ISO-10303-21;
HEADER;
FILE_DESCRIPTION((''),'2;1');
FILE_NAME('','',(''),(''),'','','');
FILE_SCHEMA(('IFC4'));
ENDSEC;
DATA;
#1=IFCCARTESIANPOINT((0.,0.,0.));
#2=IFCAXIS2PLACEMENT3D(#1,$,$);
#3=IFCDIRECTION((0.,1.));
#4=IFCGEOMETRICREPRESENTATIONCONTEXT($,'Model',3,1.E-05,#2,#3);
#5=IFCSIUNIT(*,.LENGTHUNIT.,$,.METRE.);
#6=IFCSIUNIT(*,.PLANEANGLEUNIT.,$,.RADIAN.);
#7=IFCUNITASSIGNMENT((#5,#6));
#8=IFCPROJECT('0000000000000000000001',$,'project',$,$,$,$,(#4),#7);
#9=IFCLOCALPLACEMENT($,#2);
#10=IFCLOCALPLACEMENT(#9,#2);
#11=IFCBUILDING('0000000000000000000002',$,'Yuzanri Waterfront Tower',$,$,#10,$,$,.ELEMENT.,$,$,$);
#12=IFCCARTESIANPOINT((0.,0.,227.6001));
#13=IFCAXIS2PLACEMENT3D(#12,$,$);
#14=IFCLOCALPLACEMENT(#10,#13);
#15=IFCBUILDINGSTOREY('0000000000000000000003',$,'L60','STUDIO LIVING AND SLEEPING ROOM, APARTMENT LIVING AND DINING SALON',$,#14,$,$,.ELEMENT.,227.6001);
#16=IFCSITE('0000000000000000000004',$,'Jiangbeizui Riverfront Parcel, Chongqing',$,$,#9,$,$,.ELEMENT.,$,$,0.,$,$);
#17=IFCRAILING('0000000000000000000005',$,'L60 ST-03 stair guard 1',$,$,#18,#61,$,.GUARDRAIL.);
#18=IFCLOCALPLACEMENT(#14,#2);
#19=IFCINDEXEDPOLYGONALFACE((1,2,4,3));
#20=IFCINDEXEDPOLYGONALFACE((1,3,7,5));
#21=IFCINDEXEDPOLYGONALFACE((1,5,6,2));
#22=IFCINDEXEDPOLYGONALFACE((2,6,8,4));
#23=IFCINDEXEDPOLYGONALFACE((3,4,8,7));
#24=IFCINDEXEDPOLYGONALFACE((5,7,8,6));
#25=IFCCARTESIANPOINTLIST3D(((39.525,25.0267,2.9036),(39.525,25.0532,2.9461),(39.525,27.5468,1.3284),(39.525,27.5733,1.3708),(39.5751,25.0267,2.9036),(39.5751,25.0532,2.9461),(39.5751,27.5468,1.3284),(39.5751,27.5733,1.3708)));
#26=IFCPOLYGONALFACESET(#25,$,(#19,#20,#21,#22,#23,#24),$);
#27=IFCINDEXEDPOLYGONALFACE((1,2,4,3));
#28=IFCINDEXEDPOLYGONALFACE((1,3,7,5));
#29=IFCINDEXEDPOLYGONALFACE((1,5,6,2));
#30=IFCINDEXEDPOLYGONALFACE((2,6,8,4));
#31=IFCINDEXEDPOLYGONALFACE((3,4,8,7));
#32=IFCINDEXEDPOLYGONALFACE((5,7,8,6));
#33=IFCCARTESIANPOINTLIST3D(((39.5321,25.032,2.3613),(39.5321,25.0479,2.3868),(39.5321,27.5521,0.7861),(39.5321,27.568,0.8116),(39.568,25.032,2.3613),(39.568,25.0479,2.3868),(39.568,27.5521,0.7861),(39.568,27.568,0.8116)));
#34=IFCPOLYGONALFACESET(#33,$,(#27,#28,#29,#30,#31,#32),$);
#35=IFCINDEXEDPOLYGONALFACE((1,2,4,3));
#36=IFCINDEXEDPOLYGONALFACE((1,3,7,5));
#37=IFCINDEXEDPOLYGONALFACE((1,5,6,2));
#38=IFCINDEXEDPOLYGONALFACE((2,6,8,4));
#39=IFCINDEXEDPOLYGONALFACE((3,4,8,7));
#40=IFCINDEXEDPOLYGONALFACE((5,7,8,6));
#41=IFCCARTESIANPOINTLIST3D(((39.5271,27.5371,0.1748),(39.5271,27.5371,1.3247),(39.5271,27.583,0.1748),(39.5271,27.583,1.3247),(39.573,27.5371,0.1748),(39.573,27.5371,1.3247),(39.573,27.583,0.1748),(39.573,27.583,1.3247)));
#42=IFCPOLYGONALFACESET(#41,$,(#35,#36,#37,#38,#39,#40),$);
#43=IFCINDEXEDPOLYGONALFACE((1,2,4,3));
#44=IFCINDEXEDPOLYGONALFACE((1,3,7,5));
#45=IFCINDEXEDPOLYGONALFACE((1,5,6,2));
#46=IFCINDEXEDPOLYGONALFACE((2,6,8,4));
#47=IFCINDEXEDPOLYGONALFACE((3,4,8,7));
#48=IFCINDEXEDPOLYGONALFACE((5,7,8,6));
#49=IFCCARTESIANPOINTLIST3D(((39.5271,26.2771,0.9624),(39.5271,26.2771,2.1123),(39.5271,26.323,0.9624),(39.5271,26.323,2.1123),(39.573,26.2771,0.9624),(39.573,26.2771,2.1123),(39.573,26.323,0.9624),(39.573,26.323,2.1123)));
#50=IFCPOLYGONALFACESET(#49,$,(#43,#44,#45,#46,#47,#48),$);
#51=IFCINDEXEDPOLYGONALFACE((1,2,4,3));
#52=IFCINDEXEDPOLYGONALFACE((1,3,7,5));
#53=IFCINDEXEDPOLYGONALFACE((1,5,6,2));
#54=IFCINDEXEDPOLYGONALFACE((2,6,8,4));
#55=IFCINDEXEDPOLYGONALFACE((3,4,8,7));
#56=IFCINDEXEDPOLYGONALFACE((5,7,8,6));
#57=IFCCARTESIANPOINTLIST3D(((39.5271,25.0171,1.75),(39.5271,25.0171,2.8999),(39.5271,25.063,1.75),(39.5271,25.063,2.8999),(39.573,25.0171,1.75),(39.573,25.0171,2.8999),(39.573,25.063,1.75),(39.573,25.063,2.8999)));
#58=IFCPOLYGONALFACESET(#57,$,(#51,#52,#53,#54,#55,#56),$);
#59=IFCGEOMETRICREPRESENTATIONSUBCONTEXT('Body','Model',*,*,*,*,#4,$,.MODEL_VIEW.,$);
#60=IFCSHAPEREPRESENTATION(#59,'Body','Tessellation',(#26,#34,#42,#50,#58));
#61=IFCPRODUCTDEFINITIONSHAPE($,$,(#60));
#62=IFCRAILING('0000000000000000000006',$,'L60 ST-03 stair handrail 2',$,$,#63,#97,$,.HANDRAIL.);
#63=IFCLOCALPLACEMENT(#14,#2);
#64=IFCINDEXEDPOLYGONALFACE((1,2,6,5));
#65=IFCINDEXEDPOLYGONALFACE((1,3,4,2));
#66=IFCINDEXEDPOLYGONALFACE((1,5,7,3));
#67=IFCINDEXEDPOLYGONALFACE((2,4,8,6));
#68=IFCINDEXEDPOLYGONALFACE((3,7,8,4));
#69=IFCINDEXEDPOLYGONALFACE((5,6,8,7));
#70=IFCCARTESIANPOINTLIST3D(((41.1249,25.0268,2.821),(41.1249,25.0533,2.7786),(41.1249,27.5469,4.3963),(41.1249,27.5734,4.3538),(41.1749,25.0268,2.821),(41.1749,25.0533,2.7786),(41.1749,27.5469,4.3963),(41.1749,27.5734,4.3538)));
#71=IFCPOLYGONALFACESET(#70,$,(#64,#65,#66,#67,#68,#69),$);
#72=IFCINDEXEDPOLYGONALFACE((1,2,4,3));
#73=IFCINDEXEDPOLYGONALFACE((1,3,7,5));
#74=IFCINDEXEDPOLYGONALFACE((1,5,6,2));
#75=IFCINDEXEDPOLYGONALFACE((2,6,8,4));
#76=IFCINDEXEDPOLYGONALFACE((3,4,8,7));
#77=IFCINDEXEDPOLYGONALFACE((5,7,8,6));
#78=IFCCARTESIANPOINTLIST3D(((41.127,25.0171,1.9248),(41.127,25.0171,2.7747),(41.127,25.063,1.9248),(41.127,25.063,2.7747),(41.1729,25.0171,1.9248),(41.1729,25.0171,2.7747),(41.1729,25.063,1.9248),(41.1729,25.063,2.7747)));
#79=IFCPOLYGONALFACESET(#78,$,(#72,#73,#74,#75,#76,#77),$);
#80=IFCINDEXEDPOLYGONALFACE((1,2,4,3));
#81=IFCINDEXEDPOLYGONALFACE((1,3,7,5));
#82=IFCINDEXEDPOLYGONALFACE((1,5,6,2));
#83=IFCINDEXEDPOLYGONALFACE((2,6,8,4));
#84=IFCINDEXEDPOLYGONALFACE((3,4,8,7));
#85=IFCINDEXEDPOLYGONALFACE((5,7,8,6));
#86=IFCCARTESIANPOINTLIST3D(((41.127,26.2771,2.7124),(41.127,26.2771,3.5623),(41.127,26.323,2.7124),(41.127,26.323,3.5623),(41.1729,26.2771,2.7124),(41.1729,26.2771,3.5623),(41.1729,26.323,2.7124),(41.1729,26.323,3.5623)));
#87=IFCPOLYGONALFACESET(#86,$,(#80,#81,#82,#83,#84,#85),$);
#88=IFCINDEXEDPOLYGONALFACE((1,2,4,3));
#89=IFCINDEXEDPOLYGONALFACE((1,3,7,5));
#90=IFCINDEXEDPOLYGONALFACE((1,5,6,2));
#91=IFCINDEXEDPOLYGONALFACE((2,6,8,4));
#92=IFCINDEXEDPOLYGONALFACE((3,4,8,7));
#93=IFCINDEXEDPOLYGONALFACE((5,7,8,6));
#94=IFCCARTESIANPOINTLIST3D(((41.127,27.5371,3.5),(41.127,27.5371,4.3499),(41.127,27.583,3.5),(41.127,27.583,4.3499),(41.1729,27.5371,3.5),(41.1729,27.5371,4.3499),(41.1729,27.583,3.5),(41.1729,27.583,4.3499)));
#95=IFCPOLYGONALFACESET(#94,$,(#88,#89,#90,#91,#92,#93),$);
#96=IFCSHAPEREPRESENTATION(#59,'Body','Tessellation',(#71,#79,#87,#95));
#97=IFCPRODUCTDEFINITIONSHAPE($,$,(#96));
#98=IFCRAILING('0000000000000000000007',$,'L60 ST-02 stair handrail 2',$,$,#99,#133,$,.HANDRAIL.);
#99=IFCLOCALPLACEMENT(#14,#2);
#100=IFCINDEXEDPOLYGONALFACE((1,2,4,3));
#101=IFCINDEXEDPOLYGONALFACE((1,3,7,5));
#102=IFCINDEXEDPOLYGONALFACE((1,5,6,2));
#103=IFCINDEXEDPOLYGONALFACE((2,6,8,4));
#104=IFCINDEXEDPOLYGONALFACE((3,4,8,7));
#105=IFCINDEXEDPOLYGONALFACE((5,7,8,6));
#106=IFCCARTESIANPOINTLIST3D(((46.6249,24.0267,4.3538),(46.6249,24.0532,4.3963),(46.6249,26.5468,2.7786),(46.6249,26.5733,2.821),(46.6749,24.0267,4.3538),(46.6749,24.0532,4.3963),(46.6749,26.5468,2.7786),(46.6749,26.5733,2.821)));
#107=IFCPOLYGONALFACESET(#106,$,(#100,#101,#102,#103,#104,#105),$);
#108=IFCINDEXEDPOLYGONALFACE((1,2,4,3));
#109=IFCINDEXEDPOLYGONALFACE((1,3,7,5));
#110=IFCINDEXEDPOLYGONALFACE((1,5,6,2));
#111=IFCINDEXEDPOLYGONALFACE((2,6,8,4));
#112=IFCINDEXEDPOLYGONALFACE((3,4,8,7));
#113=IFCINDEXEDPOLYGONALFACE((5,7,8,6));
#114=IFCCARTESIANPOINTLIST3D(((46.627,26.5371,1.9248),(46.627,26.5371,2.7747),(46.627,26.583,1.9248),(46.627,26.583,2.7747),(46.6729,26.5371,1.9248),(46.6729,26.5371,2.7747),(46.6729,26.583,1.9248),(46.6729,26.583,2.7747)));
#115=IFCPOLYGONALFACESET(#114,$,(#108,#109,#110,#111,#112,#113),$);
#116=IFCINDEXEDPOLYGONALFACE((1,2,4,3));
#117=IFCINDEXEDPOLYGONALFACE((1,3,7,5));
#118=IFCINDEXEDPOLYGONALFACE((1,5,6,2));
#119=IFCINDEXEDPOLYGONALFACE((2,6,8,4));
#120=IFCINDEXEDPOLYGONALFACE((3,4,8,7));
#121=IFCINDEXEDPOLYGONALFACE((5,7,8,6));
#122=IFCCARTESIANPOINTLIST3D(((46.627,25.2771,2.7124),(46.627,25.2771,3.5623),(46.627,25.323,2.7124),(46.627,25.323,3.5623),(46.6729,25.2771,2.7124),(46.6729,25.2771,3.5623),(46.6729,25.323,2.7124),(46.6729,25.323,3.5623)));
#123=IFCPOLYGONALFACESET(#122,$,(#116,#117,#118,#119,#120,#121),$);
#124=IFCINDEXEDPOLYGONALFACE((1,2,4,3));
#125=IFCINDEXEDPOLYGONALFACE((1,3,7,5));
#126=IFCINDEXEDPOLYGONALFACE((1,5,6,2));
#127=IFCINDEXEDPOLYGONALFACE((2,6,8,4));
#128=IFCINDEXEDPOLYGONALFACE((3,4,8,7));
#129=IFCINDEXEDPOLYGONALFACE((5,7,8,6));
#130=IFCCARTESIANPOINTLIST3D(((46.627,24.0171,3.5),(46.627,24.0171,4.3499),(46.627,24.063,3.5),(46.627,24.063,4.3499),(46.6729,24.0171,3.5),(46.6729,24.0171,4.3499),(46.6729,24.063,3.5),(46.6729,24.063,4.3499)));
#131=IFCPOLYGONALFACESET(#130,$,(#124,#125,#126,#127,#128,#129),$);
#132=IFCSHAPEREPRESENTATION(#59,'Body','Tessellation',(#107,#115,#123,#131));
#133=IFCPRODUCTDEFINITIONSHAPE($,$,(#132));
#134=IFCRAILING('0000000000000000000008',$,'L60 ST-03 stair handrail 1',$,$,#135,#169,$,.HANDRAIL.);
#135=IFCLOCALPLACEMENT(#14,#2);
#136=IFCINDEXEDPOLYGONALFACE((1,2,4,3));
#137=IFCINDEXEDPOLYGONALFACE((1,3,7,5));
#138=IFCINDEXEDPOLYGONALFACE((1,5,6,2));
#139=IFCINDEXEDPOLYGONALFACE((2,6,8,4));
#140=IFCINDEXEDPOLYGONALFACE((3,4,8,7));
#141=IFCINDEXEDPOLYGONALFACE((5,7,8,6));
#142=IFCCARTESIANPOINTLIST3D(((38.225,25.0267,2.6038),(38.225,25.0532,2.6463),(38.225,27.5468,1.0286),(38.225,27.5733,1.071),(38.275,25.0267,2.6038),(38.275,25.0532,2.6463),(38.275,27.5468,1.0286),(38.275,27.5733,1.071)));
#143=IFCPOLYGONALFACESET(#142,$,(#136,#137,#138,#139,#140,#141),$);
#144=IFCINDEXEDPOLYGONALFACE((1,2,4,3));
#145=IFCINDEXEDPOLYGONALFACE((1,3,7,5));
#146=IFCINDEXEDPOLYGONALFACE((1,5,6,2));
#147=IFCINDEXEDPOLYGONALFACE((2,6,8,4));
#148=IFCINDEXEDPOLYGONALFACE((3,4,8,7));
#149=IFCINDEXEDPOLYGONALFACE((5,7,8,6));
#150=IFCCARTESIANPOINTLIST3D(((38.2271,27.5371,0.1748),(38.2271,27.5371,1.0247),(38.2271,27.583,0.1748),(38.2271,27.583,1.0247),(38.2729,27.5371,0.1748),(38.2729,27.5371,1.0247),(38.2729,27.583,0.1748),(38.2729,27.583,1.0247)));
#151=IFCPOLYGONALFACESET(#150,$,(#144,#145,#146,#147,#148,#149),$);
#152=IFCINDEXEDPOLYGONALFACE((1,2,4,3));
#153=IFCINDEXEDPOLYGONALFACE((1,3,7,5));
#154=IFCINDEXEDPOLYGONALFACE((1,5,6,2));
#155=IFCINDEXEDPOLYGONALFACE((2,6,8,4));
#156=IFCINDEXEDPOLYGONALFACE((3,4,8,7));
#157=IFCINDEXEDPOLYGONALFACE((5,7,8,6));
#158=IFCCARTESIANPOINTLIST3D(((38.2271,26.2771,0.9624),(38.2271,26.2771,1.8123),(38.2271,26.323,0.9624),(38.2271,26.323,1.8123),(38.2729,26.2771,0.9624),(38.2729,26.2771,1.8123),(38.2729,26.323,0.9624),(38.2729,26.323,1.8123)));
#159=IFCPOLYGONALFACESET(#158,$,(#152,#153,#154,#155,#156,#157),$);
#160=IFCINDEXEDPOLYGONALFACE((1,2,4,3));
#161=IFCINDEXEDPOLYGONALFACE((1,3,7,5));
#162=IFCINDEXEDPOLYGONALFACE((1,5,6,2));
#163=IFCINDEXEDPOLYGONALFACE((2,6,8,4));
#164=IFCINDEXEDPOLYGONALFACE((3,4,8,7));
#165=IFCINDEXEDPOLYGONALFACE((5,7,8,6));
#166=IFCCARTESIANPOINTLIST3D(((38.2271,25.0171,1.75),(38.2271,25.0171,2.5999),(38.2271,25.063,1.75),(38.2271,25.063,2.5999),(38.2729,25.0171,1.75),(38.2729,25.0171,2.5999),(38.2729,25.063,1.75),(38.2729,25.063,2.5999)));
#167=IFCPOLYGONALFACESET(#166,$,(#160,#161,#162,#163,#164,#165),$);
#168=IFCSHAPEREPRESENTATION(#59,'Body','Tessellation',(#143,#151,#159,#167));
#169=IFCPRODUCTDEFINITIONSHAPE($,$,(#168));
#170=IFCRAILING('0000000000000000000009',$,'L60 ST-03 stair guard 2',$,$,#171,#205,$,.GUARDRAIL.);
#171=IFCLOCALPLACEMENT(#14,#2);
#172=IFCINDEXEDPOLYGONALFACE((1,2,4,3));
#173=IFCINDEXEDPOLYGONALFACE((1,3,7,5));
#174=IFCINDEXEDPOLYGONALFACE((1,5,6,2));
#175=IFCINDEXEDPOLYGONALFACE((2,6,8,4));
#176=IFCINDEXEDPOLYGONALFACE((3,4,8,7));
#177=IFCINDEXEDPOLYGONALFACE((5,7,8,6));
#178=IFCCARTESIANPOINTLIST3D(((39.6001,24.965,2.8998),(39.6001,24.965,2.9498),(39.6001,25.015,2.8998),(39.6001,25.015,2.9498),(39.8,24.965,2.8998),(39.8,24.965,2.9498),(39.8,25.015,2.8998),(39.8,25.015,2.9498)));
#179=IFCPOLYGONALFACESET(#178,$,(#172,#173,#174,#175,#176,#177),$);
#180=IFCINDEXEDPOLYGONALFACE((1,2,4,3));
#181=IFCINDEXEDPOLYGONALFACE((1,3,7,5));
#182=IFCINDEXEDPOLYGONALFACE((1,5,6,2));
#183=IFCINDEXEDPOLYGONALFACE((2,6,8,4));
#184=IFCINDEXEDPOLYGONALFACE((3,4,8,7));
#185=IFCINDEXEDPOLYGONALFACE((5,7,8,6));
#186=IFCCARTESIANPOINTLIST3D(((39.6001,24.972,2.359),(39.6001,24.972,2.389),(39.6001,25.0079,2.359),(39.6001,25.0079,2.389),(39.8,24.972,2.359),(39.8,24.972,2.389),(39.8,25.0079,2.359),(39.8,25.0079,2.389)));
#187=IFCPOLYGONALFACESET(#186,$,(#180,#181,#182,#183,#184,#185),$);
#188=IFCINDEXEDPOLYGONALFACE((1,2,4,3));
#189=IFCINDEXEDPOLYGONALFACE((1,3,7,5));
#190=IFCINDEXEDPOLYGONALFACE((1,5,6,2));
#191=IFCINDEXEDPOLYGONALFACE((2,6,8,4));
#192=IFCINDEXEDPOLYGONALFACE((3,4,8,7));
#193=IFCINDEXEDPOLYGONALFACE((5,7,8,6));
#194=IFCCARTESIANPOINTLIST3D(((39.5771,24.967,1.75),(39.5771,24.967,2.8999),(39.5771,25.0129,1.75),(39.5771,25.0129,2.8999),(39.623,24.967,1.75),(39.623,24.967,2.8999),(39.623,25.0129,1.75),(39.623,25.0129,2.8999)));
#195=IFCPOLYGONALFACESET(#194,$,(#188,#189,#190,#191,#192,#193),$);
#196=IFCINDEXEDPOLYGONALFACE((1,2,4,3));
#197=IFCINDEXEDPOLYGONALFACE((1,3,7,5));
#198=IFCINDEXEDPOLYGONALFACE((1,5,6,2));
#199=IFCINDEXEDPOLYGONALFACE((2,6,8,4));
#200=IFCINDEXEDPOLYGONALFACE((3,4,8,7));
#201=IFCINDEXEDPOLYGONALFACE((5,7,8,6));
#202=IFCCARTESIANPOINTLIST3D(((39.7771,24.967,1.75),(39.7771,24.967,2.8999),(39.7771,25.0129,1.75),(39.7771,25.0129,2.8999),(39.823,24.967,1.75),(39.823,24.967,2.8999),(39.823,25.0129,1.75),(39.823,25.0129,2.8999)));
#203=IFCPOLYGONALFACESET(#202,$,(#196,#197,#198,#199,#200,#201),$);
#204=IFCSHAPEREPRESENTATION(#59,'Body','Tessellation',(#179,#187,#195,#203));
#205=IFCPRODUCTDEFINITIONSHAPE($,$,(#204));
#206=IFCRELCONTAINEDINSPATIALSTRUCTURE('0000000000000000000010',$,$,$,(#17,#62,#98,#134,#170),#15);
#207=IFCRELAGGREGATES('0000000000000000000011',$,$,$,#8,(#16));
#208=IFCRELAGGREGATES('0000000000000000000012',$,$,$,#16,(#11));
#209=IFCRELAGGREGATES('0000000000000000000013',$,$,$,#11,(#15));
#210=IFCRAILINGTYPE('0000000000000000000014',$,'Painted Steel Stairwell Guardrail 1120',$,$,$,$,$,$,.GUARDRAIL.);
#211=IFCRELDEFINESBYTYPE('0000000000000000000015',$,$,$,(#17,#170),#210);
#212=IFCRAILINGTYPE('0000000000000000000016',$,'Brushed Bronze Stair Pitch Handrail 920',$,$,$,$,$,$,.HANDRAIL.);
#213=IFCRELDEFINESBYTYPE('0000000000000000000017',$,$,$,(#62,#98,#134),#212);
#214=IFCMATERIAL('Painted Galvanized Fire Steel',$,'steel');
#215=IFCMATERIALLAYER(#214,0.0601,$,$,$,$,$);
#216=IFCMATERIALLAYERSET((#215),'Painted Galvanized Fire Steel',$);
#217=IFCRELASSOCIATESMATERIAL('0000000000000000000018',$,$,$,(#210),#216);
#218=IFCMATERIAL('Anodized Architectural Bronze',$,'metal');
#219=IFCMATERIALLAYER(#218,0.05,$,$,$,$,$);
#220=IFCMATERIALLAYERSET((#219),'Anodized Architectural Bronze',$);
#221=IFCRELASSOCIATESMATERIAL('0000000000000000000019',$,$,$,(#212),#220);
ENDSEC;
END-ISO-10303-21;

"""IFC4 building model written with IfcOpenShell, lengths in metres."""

from ifc_helpers import new_model, si_unit, direction, frame, origin, origin_2d, place, context, subcontext, project, spatial, rectangle, extrude, source, transform, mapped, material, layer, layer_set, type_object, element, save


model = new_model("IFC4")

# Units and contexts
model_context = context("Model", 3, precision=1e-05, world=origin(), true_north=direction((0.0, 1.0)))
body_context = subcontext(model_context, "Body", "Model", "MODEL_VIEW")
ifc_project = project(units=[si_unit("LENGTHUNIT", "METRE"), si_unit("PLANEANGLEUNIT", "RADIAN")], contexts=[model_context])

# Site, building, storey
site_placement = place(None, origin())
site = spatial("IfcSite", under=ifc_project, at=site_placement, Name="Jiangbeizui Riverfront Parcel, Chongqing", CompositionType="ELEMENT", RefElevation=0.0)
building_placement = place(site_placement, origin())
building = spatial("IfcBuilding", under=site, at=building_placement, Name="Yuzanri Waterfront Tower", CompositionType="ELEMENT")
storey_placement = place(building_placement, frame((0.0, 0.0, 227.6001)))
storey = spatial("IfcBuildingStorey", under=building, at=storey_placement, Name="L60", Description="STUDIO LIVING AND SLEEPING ROOM, APARTMENT LIVING AND DINING SALON", CompositionType="ELEMENT", Elevation=227.6001)

# Railings
ifc_material_1 = material(Name="Painted Galvanized Fire Steel", Category="steel")
ifc_layer_1 = layer(ifc_material_1, 0.0601)
ifc_layer_set_1 = layer_set([ifc_layer_1], Name="Painted Galvanized Fire Steel")
railing_type_1 = type_object("IfcRailingType", Name="Painted Steel Stairwell Guardrail 1120", PredefinedType="GUARDRAIL", material=ifc_layer_set_1)
shared_shape_1 = source(origin(), body_context, "Body", "SweptSolid", [
    extrude(rectangle(XDim=0.05, YDim=0.05, at=origin_2d()), frame((0.0, 0.0, 1.1748), z_axis=(0.0, -0.847971, 0.530043), x_axis=(1.0, 0.0, 0.0)), (0.0, 0.0, 1.0), 2.9719),
    extrude(rectangle(XDim=0.0359, YDim=0.03, at=origin_2d()), frame((0.0, 0.0, 0.624), z_axis=(0.0, -0.847971, 0.530043), x_axis=(1.0, 0.0, 0.0)), (0.0, 0.0, 1.0), 2.9719),
    extrude(rectangle(XDim=0.0459, YDim=0.0459, at=origin_2d()), origin(), (0.0, 0.0, 1.0), 1.1499),
    extrude(rectangle(XDim=0.0459, YDim=0.0459, at=origin_2d()), frame((0.0, -1.26, 0.7876)), (0.0, 0.0, 1.0), 1.1499),
    extrude(rectangle(XDim=0.0459, YDim=0.0459, at=origin_2d()), frame((0.0, -2.52, 1.5752)), (0.0, 0.0, 1.0), 1.1499),
])
for number, where, name in (
    (1, (39.55, 27.5601, 0.1748), "L60 ST-03 stair guard 1"),
):
    element("IfcRailing", number, at=place(storey_placement, frame(where)), inside=storey, type_object=railing_type_1, Name=name, PredefinedType="GUARDRAIL", context=body_context, shape_type="MappedRepresentation", body=[
        mapped(shared_shape_1, transform((0.0, 0.0, 0.0), scale=1.0)),
    ])
ifc_material_2 = material(Name="Anodized Architectural Bronze", Category="metal")
ifc_layer_2 = layer(ifc_material_2, 0.05)
ifc_layer_set_2 = layer_set([ifc_layer_2], Name="Anodized Architectural Bronze")
railing_type_2 = type_object("IfcRailingType", Name="Brushed Bronze Stair Pitch Handrail 920", PredefinedType="HANDRAIL", material=ifc_layer_set_2)
shared_shape_2 = source(origin(), body_context, "Body", "SweptSolid", [
    extrude(rectangle(XDim=0.05, YDim=0.05, at=origin_2d()), frame((0.0, 0.0, 0.875), z_axis=(0.0, 0.847971, 0.530043), x_axis=(-1.0, 0.0, 0.0)), (0.0, 0.0, 1.0), 2.9719),
    extrude(rectangle(XDim=0.0459, YDim=0.0459, at=origin_2d()), origin(), (0.0, 0.0, 1.0), 0.8499),
    extrude(rectangle(XDim=0.0459, YDim=0.0459, at=origin_2d()), frame((0.0, 1.26, 0.7876)), (0.0, 0.0, 1.0), 0.8499),
    extrude(rectangle(XDim=0.0459, YDim=0.0459, at=origin_2d()), frame((0.0, 2.52, 1.5752)), (0.0, 0.0, 1.0), 0.8499),
])
railing_1_placement = place(storey_placement, frame((41.1499, 25.04, 1.9248)))
element("IfcRailing", 2, at=railing_1_placement, inside=storey, type_object=railing_type_2, Name="L60 ST-03 stair handrail 2", PredefinedType="HANDRAIL", context=body_context, shape_type="MappedRepresentation", body=[
    mapped(shared_shape_2, transform((0.0, 0.0, 0.0), scale=1.0)),
])
shared_shape_3 = source(origin(), body_context, "Body", "SweptSolid", [
    extrude(rectangle(XDim=0.05, YDim=0.05, at=origin_2d()), frame((0.0, 0.0, 0.875), z_axis=(0.0, -0.847971, 0.530043), x_axis=(1.0, 0.0, 0.0)), (0.0, 0.0, 1.0), 2.9719),
    extrude(rectangle(XDim=0.0459, YDim=0.0459, at=origin_2d()), origin(), (0.0, 0.0, 1.0), 0.8499),
    extrude(rectangle(XDim=0.0459, YDim=0.0459, at=origin_2d()), frame((0.0, -1.26, 0.7876)), (0.0, 0.0, 1.0), 0.8499),
    extrude(rectangle(XDim=0.0459, YDim=0.0459, at=origin_2d()), frame((0.0, -2.52, 1.5752)), (0.0, 0.0, 1.0), 0.8499),
])
for number, where, name in (
    (3, (46.6499, 26.5601, 1.9248), "L60 ST-02 stair handrail 2"),
    (4, (38.25, 27.5601, 0.1748), "L60 ST-03 stair handrail 1"),
):
    element("IfcRailing", number, at=place(storey_placement, frame(where)), inside=storey, type_object=railing_type_2, Name=name, PredefinedType="HANDRAIL", context=body_context, shape_type="MappedRepresentation", body=[
        mapped(shared_shape_3, transform((0.0, 0.0, 0.0), scale=1.0)),
    ])
shared_shape_4 = source(origin(), body_context, "Body", "SweptSolid", [
    extrude(rectangle(XDim=0.05, YDim=0.05, at=origin_2d()), frame((0.0, 0.0, 1.1748), z_axis=(1.0, 0.0, 0.0), x_axis=(0.0, 1.0, 0.0)), (0.0, 0.0, 1.0), 0.2),
    extrude(rectangle(XDim=0.0359, YDim=0.03, at=origin_2d()), frame((0.0, 0.0, 0.624), z_axis=(1.0, 0.0, 0.0), x_axis=(0.0, 1.0, 0.0)), (0.0, 0.0, 1.0), 0.2),
    extrude(rectangle(XDim=0.0459, YDim=0.0459, at=origin_2d()), origin(), (0.0, 0.0, 1.0), 1.1499),
    extrude(rectangle(XDim=0.0459, YDim=0.0459, at=origin_2d()), frame((0.2, 0.0, 0.0)), (0.0, 0.0, 1.0), 1.1499),
])
for number, where, name in (
    (5, (39.6001, 24.99, 1.75), "L60 ST-03 stair guard 2"),
):
    element("IfcRailing", number, at=place(storey_placement, frame(where)), inside=storey, type_object=railing_type_1, Name=name, PredefinedType="GUARDRAIL", context=body_context, shape_type="MappedRepresentation", body=[
        mapped(shared_shape_4, transform((0.0, 0.0, 0.0), scale=1.0)),
    ])

save(model, "model.ifc")
